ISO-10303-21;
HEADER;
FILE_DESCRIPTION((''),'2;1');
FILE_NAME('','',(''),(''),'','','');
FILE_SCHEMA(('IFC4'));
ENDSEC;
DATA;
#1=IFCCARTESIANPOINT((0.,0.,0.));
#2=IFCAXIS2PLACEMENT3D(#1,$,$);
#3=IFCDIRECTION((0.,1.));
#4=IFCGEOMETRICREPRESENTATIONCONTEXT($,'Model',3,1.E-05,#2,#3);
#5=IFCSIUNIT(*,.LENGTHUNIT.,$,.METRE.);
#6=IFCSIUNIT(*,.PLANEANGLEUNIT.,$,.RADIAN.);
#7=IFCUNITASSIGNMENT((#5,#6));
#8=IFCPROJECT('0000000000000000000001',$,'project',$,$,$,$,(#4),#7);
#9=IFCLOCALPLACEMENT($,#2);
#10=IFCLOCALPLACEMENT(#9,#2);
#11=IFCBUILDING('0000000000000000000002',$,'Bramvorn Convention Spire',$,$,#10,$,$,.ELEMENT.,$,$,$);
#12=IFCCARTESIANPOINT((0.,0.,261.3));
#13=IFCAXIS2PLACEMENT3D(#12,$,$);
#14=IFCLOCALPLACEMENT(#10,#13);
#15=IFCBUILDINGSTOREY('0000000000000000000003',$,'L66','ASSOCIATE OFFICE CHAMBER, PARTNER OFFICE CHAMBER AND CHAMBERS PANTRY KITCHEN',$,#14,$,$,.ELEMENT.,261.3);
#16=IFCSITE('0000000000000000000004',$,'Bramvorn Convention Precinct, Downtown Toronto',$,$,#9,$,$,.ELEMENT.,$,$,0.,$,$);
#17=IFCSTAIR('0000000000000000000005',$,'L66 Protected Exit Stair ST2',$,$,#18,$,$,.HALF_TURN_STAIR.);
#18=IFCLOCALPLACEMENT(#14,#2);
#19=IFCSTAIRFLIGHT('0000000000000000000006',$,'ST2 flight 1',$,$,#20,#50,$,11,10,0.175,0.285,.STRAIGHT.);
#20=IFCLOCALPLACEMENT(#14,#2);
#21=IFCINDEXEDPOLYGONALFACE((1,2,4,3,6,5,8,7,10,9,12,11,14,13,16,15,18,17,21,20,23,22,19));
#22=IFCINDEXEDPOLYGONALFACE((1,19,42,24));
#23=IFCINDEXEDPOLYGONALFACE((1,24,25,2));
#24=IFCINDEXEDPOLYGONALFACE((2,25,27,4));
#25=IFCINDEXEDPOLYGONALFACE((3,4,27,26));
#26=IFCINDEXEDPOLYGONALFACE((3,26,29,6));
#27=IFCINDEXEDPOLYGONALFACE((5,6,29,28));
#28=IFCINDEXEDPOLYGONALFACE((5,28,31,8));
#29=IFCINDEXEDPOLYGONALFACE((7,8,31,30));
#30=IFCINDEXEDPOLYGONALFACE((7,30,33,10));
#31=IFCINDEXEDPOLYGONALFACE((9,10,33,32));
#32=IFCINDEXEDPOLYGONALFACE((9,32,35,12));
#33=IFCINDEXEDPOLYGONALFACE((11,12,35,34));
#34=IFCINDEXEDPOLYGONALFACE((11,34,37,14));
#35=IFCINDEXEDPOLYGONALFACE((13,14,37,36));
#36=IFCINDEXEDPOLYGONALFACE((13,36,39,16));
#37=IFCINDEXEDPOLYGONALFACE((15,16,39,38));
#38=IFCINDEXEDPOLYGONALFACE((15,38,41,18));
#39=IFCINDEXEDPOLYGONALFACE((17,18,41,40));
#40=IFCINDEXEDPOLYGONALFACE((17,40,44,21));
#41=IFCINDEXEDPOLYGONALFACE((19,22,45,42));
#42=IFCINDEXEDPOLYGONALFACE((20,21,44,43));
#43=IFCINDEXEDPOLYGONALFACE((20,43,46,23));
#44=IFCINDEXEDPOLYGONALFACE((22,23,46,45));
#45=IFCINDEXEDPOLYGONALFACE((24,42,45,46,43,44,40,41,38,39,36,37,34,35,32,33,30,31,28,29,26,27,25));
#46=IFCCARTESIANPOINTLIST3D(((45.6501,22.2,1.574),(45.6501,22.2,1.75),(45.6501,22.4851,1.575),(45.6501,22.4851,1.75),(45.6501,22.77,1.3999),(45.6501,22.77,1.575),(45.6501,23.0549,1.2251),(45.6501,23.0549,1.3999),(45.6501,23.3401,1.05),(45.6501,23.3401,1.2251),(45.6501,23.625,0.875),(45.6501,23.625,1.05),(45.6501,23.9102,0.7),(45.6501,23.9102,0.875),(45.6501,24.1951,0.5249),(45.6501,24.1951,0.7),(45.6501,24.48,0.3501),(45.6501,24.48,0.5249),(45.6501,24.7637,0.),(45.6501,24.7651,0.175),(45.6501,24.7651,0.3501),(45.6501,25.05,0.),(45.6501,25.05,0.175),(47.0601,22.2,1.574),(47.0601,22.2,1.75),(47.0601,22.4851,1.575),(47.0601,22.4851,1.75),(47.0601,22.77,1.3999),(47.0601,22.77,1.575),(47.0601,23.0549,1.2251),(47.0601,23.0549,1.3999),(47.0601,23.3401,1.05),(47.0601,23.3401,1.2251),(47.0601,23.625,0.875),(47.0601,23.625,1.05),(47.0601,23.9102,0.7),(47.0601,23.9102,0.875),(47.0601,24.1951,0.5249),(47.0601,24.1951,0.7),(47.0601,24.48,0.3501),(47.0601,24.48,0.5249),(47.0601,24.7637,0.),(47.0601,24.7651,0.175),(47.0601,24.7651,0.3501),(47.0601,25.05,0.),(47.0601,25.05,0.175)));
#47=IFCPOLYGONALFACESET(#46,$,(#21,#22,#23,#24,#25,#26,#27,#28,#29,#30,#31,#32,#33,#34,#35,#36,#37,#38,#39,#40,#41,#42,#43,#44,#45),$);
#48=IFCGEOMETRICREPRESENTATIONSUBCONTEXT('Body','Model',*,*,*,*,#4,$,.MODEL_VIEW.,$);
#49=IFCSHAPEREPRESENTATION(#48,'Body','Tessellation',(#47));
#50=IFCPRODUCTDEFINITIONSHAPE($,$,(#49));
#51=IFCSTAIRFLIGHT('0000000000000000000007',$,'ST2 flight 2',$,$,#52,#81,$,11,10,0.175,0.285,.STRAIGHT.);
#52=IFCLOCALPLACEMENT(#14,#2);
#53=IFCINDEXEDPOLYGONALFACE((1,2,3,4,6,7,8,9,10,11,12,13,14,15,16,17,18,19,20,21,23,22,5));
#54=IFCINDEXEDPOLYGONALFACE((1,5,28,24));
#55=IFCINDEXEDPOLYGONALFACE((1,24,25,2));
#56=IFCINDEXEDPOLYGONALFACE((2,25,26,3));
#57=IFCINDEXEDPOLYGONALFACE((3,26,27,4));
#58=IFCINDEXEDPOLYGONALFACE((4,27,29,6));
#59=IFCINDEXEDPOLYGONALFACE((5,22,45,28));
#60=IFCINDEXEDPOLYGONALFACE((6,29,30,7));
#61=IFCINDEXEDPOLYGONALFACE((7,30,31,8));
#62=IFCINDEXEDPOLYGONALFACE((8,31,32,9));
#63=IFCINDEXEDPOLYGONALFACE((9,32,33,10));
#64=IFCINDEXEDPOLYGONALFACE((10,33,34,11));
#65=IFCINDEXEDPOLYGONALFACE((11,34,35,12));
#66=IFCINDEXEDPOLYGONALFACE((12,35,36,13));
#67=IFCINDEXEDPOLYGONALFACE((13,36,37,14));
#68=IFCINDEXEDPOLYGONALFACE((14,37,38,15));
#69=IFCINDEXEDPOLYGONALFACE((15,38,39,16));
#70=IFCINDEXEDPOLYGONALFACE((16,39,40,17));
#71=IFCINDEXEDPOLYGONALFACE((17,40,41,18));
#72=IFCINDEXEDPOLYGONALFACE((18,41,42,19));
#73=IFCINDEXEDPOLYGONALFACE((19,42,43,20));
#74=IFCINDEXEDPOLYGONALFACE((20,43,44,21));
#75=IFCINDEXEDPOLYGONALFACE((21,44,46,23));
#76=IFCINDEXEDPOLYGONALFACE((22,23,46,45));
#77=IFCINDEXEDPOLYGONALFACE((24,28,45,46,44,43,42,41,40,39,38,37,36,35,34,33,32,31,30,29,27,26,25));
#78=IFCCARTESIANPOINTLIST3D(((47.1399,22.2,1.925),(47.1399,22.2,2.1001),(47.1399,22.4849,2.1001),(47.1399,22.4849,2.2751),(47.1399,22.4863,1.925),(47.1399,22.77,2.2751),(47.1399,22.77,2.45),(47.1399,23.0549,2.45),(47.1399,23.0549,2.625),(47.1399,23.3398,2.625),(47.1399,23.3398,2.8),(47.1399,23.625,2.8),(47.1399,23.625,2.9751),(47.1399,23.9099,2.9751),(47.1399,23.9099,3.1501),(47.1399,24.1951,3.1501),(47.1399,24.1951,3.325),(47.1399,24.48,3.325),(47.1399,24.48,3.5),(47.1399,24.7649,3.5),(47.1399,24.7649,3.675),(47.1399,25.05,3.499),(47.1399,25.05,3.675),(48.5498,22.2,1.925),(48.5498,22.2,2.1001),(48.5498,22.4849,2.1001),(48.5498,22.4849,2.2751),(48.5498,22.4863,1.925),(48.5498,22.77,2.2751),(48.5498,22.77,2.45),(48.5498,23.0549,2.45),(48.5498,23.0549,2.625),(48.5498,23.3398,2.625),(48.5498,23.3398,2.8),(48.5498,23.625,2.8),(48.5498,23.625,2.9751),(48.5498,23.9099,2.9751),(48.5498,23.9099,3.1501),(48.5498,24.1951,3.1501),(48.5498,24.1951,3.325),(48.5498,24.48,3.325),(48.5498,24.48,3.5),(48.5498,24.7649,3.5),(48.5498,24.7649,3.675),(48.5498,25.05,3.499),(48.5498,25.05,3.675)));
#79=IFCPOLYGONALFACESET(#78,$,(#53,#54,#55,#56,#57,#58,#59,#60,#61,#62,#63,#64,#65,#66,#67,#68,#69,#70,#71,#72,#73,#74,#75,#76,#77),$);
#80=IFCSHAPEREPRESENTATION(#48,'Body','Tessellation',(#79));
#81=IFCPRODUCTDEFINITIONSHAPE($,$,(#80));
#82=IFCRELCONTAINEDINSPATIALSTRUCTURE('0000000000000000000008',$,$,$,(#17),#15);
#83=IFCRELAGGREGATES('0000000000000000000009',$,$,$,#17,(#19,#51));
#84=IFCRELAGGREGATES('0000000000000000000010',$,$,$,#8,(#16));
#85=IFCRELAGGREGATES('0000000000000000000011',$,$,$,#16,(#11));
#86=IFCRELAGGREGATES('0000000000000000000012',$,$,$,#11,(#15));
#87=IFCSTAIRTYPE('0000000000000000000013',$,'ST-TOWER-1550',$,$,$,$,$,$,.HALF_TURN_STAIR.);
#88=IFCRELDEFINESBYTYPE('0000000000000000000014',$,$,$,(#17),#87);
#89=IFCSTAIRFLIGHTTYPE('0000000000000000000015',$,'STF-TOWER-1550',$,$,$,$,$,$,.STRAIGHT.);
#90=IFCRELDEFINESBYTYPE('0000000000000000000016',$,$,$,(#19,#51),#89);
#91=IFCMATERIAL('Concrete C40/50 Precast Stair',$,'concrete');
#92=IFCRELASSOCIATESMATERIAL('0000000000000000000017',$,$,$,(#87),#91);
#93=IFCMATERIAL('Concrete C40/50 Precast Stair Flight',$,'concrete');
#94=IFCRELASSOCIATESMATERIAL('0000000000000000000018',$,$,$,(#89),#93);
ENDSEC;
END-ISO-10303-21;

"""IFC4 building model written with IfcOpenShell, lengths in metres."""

from ifc_helpers import new_model, si_unit, direction, frame, origin, place, context, subcontext, project, spatial, polyline, outline, extrude, material, type_object, element, aggregate, save


model = new_model("IFC4")

# Units and contexts
model_context = context("Model", 3, precision=1e-05, world=origin(), true_north=direction((0.0, 1.0)))
body_context = subcontext(model_context, "Body", "Model", "MODEL_VIEW")
ifc_project = project(units=[si_unit("LENGTHUNIT", "METRE"), si_unit("PLANEANGLEUNIT", "RADIAN")], contexts=[model_context])

# Site, building, storey
site_placement = place(None, origin())
site = spatial("IfcSite", under=ifc_project, at=site_placement, Name="Bramvorn Convention Precinct, Downtown Toronto", CompositionType="ELEMENT", RefElevation=0.0)
building_placement = place(site_placement, origin())
building = spatial("IfcBuilding", under=site, at=building_placement, Name="Bramvorn Convention Spire", CompositionType="ELEMENT")
storey_placement = place(building_placement, frame((0.0, 0.0, 261.3)))
storey = spatial("IfcBuildingStorey", under=building, at=storey_placement, Name="L66", Description="ASSOCIATE OFFICE CHAMBER, PARTNER OFFICE CHAMBER AND CHAMBERS PANTRY KITCHEN", CompositionType="ELEMENT", Elevation=261.3)

# Stair, stair flights
ifc_material_1 = material(Name="Concrete C40/50 Precast Stair", Category="concrete")
stair_type = type_object("IfcStairType", Name="ST-TOWER-1550", PredefinedType="HALF_TURN_STAIR", material=ifc_material_1)
stair_placement = place(storey_placement, origin())
stair = element("IfcStair", 1, at=stair_placement, inside=storey, type_object=stair_type, Name="L66 Protected Exit Stair ST2", PredefinedType="HALF_TURN_STAIR")
ifc_material_2 = material(Name="Concrete C40/50 Precast Stair Flight", Category="concrete")
stair_flight_type = type_object("IfcStairFlightType", Name="STF-TOWER-1550", PredefinedType="STRAIGHT", material=ifc_material_2)
stair_flight_1_placement = place(storey_placement, frame((46.355, 25.05, 0.0), z_axis=(0.0, 0.0, 1.0), x_axis=(0.0, -1.0, 0.0)))
stair_flight_1 = element("IfcStairFlight", 2, at=stair_flight_1_placement, type_object=stair_flight_type, Name="ST2 flight 1", NumberOfRisers=11, NumberOfTreads=10, PredefinedType="STRAIGHT", RiserHeight=0.175, TreadLength=0.285, context=body_context, shape_type="SweptSolid", body=[
    extrude(outline(polyline([(0.0, 0.0), (0.0, 0.175), (0.2849, 0.175), (0.2849, 0.3501), (0.5701, 0.3501), (0.5701, 0.5249), (0.855, 0.5249), (0.855, 0.7), (1.1399, 0.7), (1.1399, 0.875), (1.425, 0.875), (1.425, 1.05), (1.71, 1.05), (1.71, 1.2251), (1.9951, 1.2251), (1.9951, 1.3999), (2.28, 1.3999), (2.28, 1.575), (2.5649, 1.575), (2.5649, 1.75), (2.8501, 1.75), (2.8501, 1.925), (2.8501, 1.574), (0.2864, 0.0), (0.0, 0.0)])), frame((0.0, 0.7051, 0.0), z_axis=(0.0, -1.0, 0.0), x_axis=(1.0, 0.0, 0.0)), (0.0, 0.0, 1.0), 1.4099),
])
stair_flight_2_placement = place(storey_placement, frame((47.845, 22.2, 1.925), z_axis=(0.0, 0.0, 1.0), x_axis=(0.0, 1.0, 0.0)))
stair_flight_2 = element("IfcStairFlight", 3, at=stair_flight_2_placement, type_object=stair_flight_type, Name="ST2 flight 2", NumberOfRisers=11, NumberOfTreads=10, PredefinedType="STRAIGHT", RiserHeight=0.175, TreadLength=0.285, context=body_context, shape_type="SweptSolid", body=[
    extrude(outline(polyline([(0.0, 0.0), (0.0, 0.175), (0.2849, 0.175), (0.2849, 0.3501), (0.5701, 0.3501), (0.5701, 0.5249), (0.855, 0.5249), (0.855, 0.7), (1.1399, 0.7), (1.1399, 0.875), (1.425, 0.875), (1.425, 1.05), (1.71, 1.05), (1.71, 1.2251), (1.9951, 1.2251), (1.9951, 1.3999), (2.28, 1.3999), (2.28, 1.575), (2.5649, 1.575), (2.5649, 1.75), (2.8501, 1.75), (2.8501, 1.925), (2.8501, 1.574), (0.2864, 0.0), (0.0, 0.0)])), frame((0.0, 0.7051, 0.0), z_axis=(0.0, -1.0, 0.0), x_axis=(1.0, 0.0, 0.0)), (0.0, 0.0, 1.0), 1.4099),
])
aggregate(stair, [stair_flight_1, stair_flight_2])

save(model, "model.ifc")
